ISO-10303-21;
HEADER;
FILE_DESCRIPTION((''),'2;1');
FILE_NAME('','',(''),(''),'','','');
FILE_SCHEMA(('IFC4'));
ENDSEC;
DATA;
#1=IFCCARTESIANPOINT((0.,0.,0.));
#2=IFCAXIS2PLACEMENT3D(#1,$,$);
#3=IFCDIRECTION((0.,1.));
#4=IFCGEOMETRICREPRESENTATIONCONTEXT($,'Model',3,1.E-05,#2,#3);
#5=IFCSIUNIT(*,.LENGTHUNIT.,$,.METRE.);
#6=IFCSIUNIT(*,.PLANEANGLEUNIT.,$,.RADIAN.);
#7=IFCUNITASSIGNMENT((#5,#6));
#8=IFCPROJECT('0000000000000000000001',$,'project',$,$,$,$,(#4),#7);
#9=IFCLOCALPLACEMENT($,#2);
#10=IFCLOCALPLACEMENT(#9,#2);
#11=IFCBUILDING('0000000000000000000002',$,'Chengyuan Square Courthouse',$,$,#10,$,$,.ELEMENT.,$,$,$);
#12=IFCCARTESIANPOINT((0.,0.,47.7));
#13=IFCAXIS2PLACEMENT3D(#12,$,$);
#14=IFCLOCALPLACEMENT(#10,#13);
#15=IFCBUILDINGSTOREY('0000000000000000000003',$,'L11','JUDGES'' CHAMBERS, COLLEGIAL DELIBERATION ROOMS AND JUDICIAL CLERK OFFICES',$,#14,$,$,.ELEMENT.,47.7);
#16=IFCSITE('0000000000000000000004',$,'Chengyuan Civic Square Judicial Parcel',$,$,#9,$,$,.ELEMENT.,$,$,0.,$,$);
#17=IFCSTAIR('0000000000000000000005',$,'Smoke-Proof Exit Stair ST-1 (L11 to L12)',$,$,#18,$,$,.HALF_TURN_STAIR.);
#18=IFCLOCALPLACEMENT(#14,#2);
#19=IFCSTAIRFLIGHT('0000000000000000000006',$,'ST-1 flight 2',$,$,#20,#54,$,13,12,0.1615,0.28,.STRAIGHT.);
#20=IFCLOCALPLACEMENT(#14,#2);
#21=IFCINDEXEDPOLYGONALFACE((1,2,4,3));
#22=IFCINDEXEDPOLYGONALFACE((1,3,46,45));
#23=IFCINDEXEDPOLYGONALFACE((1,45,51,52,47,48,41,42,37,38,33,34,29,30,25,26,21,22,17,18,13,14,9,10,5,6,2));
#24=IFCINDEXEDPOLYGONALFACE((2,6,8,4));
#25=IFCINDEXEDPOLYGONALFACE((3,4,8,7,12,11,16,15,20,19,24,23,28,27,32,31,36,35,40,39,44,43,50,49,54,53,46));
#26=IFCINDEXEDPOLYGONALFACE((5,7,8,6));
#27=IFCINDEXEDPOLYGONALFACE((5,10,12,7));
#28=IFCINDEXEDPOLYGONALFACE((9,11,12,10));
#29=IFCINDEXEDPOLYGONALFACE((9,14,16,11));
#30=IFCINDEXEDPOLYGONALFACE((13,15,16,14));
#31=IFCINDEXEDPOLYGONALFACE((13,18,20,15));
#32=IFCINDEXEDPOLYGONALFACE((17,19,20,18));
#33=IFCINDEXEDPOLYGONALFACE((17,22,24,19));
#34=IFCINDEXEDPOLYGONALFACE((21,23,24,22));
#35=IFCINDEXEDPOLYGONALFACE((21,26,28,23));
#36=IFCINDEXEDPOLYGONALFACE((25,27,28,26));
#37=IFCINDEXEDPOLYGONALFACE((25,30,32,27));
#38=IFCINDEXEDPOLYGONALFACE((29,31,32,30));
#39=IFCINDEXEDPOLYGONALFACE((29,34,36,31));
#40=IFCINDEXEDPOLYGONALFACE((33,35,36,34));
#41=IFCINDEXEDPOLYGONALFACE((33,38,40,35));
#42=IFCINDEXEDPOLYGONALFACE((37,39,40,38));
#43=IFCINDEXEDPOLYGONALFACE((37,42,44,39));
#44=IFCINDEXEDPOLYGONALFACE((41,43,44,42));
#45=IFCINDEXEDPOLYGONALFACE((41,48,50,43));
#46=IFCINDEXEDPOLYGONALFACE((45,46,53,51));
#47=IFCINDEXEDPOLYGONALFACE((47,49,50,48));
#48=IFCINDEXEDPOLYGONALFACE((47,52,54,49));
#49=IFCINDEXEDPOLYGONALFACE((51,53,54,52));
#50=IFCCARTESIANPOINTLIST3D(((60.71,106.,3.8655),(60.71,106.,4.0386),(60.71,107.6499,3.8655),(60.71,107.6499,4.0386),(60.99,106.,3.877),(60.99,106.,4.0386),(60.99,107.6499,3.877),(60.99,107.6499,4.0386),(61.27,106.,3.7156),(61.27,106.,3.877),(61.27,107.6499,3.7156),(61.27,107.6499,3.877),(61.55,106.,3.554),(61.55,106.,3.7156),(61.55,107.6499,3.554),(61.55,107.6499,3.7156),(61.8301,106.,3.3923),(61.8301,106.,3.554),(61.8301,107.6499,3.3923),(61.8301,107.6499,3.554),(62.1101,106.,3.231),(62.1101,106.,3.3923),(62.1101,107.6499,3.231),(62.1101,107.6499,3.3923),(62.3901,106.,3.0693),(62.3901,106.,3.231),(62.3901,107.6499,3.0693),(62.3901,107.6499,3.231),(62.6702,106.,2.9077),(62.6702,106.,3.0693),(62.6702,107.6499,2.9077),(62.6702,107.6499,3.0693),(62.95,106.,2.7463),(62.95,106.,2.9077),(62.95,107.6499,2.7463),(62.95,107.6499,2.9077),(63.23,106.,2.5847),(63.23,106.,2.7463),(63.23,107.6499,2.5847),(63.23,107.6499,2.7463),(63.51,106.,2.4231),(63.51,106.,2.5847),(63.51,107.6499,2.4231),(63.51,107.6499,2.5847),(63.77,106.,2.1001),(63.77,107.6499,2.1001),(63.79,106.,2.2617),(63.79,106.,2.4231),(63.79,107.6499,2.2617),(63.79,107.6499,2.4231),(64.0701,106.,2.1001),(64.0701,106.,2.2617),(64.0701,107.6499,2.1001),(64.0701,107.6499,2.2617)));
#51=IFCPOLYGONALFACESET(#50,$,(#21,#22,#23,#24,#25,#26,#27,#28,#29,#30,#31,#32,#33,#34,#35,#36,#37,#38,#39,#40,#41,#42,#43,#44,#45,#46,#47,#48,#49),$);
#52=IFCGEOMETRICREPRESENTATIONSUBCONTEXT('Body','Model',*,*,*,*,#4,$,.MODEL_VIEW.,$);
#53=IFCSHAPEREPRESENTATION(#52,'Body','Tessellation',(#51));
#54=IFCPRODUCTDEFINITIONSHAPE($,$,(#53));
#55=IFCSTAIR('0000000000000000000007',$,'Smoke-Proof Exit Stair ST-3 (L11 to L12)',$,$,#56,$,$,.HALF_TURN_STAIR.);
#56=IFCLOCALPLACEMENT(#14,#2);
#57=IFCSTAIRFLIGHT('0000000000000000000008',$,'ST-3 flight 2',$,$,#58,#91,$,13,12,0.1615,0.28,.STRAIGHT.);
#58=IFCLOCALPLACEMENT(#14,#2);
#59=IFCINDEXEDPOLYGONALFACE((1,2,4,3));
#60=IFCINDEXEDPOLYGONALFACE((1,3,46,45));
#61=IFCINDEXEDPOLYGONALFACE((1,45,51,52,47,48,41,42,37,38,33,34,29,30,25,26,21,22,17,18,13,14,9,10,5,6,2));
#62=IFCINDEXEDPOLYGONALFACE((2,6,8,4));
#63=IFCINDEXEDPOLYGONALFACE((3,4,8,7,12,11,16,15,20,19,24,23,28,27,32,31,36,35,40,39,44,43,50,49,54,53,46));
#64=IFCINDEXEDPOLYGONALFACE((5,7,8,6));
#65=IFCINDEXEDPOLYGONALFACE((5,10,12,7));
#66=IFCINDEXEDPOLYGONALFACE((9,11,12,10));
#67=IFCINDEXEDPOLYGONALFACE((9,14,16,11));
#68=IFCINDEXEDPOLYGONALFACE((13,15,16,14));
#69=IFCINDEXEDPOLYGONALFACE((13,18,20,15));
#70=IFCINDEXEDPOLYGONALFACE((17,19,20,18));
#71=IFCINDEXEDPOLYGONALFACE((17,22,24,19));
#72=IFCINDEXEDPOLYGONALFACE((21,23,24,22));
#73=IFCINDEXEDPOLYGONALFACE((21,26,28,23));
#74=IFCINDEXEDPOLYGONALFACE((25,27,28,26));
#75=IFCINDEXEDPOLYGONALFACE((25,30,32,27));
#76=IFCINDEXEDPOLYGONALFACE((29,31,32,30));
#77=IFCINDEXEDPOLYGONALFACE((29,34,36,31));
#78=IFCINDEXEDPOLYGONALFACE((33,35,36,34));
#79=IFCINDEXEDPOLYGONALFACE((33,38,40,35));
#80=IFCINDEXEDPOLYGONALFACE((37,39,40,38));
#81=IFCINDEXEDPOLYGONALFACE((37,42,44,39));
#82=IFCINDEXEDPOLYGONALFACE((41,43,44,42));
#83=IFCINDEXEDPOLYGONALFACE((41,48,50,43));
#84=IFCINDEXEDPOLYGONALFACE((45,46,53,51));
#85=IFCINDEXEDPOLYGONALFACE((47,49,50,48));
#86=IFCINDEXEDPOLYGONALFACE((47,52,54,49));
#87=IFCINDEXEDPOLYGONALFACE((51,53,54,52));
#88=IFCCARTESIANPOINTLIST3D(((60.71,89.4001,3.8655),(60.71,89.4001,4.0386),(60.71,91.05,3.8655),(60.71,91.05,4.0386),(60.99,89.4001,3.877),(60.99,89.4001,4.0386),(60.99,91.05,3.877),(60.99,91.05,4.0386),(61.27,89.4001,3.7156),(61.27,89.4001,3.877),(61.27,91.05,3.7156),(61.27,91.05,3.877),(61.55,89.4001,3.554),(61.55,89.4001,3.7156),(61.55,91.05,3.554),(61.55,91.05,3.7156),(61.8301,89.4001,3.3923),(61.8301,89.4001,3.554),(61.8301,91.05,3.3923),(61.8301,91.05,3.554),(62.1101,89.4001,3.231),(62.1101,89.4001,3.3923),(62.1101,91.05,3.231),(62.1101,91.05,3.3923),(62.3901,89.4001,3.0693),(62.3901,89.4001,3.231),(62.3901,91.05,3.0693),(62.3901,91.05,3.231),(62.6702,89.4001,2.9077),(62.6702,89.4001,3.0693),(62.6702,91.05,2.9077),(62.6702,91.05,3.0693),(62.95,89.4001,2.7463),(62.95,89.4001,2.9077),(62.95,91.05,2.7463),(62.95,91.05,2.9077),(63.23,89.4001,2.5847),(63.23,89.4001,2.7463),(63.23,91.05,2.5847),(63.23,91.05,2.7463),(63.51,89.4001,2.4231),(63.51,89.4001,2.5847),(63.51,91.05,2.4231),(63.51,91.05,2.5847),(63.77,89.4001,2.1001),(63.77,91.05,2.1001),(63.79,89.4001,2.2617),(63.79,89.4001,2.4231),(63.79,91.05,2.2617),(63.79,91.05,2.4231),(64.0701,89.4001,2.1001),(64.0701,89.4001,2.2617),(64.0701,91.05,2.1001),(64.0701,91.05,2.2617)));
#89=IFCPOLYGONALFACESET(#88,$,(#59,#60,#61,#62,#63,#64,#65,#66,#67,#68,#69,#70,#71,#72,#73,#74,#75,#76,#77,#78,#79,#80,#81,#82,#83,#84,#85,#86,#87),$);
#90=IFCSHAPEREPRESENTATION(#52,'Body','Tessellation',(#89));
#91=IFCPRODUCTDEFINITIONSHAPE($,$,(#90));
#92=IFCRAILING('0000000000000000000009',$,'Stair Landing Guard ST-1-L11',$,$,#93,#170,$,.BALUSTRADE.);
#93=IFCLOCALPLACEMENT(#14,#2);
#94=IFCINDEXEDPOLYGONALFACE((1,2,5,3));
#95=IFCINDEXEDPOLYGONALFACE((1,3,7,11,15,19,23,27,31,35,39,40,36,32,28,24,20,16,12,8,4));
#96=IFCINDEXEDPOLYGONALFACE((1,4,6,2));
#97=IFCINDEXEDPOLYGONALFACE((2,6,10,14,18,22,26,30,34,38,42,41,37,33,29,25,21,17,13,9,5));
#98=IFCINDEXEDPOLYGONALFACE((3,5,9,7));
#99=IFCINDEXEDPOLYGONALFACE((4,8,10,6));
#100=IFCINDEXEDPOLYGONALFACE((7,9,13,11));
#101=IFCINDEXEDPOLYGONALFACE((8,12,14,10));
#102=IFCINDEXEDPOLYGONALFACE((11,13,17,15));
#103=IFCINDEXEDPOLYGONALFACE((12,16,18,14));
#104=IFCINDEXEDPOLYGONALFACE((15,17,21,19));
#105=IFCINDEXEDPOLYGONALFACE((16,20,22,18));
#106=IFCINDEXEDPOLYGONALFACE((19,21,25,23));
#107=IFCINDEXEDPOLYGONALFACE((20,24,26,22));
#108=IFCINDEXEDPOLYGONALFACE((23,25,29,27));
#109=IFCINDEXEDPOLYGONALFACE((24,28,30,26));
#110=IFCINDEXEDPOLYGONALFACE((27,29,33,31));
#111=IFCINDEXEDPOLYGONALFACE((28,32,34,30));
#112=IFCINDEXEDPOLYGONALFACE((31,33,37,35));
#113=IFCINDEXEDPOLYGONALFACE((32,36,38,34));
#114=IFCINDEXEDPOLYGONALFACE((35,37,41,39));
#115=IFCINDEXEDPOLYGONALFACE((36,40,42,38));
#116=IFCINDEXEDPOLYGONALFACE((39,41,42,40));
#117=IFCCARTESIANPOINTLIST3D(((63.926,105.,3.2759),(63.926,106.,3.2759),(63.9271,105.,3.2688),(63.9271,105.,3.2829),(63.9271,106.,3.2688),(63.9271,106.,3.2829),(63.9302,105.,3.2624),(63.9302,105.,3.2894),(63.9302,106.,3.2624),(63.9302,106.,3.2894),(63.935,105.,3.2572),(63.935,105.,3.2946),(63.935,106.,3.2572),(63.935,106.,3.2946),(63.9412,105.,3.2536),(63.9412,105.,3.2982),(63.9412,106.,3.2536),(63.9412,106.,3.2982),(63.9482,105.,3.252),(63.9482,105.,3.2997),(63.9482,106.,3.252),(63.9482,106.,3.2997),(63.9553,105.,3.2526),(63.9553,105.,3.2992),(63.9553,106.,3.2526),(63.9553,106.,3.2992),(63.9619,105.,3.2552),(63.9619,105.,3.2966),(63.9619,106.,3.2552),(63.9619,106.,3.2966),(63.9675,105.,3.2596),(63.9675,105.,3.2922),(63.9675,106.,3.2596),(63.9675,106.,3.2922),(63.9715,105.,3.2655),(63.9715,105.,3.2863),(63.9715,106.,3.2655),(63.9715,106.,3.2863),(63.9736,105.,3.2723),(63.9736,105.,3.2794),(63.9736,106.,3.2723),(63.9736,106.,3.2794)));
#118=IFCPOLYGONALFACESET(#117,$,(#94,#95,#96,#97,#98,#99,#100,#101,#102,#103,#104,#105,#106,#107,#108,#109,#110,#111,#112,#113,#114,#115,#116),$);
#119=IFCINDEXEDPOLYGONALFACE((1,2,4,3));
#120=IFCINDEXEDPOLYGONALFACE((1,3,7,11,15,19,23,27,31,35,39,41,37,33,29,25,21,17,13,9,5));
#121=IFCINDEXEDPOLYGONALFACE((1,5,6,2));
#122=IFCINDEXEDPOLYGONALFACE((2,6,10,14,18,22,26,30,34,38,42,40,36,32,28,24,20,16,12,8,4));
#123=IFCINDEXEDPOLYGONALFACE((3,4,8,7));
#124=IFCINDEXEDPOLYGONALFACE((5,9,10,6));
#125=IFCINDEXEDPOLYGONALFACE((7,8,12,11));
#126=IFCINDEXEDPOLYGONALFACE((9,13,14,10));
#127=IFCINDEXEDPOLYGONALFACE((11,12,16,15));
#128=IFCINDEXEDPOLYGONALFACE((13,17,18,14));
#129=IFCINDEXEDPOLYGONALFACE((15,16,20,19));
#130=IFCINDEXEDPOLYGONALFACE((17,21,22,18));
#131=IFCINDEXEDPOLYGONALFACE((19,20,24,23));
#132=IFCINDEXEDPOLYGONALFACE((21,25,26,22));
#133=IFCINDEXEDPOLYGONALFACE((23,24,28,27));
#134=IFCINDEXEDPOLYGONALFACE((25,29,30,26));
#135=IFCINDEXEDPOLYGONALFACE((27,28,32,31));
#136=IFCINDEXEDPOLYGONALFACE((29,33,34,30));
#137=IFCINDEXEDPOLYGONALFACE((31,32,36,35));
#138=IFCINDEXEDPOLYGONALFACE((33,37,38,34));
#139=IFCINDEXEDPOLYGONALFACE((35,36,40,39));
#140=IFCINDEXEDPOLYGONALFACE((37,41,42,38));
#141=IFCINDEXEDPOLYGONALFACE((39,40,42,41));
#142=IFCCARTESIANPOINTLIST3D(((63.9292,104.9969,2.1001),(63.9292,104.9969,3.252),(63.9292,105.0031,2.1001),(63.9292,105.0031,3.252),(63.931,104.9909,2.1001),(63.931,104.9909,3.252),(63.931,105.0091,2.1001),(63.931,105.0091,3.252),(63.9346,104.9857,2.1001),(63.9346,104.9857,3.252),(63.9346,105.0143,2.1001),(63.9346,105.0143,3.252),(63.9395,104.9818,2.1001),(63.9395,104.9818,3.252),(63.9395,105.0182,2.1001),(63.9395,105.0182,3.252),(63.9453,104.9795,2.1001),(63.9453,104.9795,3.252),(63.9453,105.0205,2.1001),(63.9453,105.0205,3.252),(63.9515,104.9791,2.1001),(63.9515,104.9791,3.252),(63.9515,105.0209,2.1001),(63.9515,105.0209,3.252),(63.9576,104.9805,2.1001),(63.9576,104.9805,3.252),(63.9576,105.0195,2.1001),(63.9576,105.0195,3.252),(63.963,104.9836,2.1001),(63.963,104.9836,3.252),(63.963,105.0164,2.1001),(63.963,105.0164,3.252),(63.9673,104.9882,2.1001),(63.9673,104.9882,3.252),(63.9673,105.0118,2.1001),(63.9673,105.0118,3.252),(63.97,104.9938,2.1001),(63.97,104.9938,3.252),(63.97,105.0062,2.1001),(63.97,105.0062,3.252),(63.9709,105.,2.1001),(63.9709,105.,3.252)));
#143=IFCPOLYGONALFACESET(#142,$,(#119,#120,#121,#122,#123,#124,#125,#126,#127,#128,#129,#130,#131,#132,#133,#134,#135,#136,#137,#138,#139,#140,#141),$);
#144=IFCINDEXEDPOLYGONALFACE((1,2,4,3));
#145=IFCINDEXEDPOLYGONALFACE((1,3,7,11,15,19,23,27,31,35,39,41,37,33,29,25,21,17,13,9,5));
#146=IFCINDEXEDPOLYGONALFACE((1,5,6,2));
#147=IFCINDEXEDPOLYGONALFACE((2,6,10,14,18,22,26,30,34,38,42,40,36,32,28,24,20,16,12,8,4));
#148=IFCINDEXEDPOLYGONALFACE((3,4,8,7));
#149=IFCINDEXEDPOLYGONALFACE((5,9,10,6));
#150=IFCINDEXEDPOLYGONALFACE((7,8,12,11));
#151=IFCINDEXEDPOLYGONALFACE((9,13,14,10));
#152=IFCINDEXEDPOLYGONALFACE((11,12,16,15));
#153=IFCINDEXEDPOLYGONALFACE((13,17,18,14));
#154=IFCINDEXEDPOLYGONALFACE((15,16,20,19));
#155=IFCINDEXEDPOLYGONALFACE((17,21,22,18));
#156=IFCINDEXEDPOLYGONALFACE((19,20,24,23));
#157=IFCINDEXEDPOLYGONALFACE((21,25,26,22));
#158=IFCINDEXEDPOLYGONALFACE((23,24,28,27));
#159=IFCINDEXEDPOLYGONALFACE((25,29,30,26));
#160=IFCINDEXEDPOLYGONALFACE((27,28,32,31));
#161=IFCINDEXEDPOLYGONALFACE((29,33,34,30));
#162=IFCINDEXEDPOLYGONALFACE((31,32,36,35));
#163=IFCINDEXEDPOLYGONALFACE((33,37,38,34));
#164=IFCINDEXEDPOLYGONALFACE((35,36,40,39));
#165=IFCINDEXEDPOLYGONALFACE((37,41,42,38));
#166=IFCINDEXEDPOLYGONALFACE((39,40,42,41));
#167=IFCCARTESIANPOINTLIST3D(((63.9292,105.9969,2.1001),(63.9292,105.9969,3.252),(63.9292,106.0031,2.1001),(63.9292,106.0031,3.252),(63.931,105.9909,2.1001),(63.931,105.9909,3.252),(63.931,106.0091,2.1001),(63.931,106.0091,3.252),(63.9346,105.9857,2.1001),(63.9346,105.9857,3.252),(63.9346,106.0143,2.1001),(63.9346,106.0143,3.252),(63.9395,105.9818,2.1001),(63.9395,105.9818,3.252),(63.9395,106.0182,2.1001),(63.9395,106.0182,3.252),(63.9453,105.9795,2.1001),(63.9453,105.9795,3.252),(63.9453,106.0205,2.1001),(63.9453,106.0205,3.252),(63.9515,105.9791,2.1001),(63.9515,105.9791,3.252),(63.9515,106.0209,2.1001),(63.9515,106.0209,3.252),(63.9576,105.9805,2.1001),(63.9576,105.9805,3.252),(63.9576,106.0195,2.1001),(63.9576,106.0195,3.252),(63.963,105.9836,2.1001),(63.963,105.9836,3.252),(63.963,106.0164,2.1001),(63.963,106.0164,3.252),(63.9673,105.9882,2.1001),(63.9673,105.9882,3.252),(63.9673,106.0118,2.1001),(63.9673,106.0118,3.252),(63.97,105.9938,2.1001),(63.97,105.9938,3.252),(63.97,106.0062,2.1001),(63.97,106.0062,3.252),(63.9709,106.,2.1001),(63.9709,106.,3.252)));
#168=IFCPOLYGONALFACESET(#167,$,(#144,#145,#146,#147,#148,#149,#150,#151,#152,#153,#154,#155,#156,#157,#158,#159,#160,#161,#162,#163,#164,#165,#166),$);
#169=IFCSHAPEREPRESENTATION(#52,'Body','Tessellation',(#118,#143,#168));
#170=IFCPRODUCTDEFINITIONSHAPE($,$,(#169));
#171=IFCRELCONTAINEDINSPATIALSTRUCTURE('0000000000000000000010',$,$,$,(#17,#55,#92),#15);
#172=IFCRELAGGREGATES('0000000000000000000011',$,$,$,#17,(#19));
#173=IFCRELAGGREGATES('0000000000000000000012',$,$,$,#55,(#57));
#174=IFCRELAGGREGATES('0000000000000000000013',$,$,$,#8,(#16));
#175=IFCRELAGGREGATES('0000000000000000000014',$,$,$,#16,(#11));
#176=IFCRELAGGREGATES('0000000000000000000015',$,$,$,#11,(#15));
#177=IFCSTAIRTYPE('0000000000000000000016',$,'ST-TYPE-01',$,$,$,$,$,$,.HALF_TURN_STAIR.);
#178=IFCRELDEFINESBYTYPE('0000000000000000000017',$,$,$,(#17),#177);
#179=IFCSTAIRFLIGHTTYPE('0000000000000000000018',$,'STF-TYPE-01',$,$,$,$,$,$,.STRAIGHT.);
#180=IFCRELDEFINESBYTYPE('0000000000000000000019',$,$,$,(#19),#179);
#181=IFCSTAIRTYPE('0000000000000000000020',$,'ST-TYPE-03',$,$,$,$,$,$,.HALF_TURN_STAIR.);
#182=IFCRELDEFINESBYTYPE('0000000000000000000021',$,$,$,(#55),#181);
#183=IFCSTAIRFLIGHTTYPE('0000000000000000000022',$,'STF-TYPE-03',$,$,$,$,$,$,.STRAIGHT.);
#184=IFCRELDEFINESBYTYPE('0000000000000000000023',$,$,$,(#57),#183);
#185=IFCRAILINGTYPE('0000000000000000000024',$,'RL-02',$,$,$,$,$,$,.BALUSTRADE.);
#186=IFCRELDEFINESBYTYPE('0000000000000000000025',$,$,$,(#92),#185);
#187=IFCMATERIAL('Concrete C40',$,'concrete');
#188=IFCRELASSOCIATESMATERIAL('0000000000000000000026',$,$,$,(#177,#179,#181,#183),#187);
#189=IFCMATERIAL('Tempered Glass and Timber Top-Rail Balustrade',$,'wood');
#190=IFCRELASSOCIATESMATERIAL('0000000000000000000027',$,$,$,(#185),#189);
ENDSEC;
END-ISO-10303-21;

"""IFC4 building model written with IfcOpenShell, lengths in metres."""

from ifc_helpers import new_model, si_unit, direction, frame, origin, origin_2d, place, context, subcontext, project, spatial, polyline, circle, outline, extrude, material, type_object, element, aggregate, save


model = new_model("IFC4")

# Units and contexts
model_context = context("Model", 3, precision=1e-05, world=origin(), true_north=direction((0.0, 1.0)))
body_context = subcontext(model_context, "Body", "Model", "MODEL_VIEW")
ifc_project = project(units=[si_unit("LENGTHUNIT", "METRE"), si_unit("PLANEANGLEUNIT", "RADIAN")], contexts=[model_context])

# Site, building, storey
site_placement = place(None, origin())
site = spatial("IfcSite", under=ifc_project, at=site_placement, Name="Chengyuan Civic Square Judicial Parcel", CompositionType="ELEMENT", RefElevation=0.0)
building_placement = place(site_placement, origin())
building = spatial("IfcBuilding", under=site, at=building_placement, Name="Chengyuan Square Courthouse", CompositionType="ELEMENT")
storey_placement = place(building_placement, frame((0.0, 0.0, 47.7)))
storey = spatial("IfcBuildingStorey", under=building, at=storey_placement, Name="L11", Description="JUDGES' CHAMBERS, COLLEGIAL DELIBERATION ROOMS AND JUDICIAL CLERK OFFICES", CompositionType="ELEMENT", Elevation=47.7)

# Shared definitions
ifc_material_1 = material(Name="Concrete C40", Category="concrete")

# Stairs, stair flights
stair_type_1 = type_object("IfcStairType", Name="ST-TYPE-01", PredefinedType="HALF_TURN_STAIR", material=ifc_material_1)
stair_1_placement = place(storey_placement, origin())
stair_1 = element("IfcStair", 1, at=stair_1_placement, inside=storey, type_object=stair_type_1, Name="Smoke-Proof Exit Stair ST-1 (L11 to L12)", PredefinedType="HALF_TURN_STAIR")
stair_flight_type_1 = type_object("IfcStairFlightType", Name="STF-TYPE-01", PredefinedType="STRAIGHT", material=ifc_material_1)
stair_flight_1_placement = place(storey_placement, frame((64.0701, 106.825, 2.1001), z_axis=(0.0, 0.0, 1.0), x_axis=(-1.0, 0.0, 0.0)))
stair_flight_1 = element("IfcStairFlight", 2, at=stair_flight_1_placement, type_object=stair_flight_type_1, Name="ST-1 flight 2", NumberOfRisers=13, NumberOfTreads=12, PredefinedType="STRAIGHT", RiserHeight=0.1615, TreadLength=0.28, context=body_context, shape_type="SweptSolid", body=[
    extrude(outline(polyline([(0.0, 0.0), (0.0, 0.1616), (0.28, 0.1616), (0.28, 0.323), (0.5601, 0.323), (0.5601, 0.4846), (0.8401, 0.4846), (0.8401, 0.6462), (1.1201, 0.6462), (1.1201, 0.8076), (1.3999, 0.8076), (1.3999, 0.9692), (1.6799, 0.9692), (1.6799, 1.1309), (1.96, 1.1309), (1.96, 1.2922), (2.24, 1.2922), (2.24, 1.4539), (2.52, 1.4539), (2.52, 1.6155), (2.8, 1.6155), (2.8, 1.7769), (3.0801, 1.7769), (3.0801, 1.9385), (3.3601, 1.9385), (3.3601, 2.1001), (3.3601, 1.7654), (0.3, 0.0), (0.0, 0.0)])), frame((0.0, 0.825, 0.0), z_axis=(0.0, -1.0, 0.0), x_axis=(1.0, 0.0, 0.0)), (0.0, 0.0, 1.0), 1.6499),
])
aggregate(stair_1, [stair_flight_1])
stair_type_2 = type_object("IfcStairType", Name="ST-TYPE-03", PredefinedType="HALF_TURN_STAIR", material=ifc_material_1)
stair_2_placement = place(storey_placement, origin())
stair_2 = element("IfcStair", 3, at=stair_2_placement, inside=storey, type_object=stair_type_2, Name="Smoke-Proof Exit Stair ST-3 (L11 to L12)", PredefinedType="HALF_TURN_STAIR")
stair_flight_type_2 = type_object("IfcStairFlightType", Name="STF-TYPE-03", PredefinedType="STRAIGHT", material=ifc_material_1)
stair_flight_2_placement = place(storey_placement, frame((64.0701, 90.2251, 2.1001), z_axis=(0.0, 0.0, 1.0), x_axis=(-1.0, 0.0, 0.0)))
stair_flight_2 = element("IfcStairFlight", 4, at=stair_flight_2_placement, type_object=stair_flight_type_2, Name="ST-3 flight 2", NumberOfRisers=13, NumberOfTreads=12, PredefinedType="STRAIGHT", RiserHeight=0.1615, TreadLength=0.28, context=body_context, shape_type="SweptSolid", body=[
    extrude(outline(polyline([(0.0, 0.0), (0.0, 0.1616), (0.28, 0.1616), (0.28, 0.323), (0.5601, 0.323), (0.5601, 0.4846), (0.8401, 0.4846), (0.8401, 0.6462), (1.1201, 0.6462), (1.1201, 0.8076), (1.3999, 0.8076), (1.3999, 0.9692), (1.6799, 0.9692), (1.6799, 1.1309), (1.96, 1.1309), (1.96, 1.2922), (2.24, 1.2922), (2.24, 1.4539), (2.52, 1.4539), (2.52, 1.6155), (2.8, 1.6155), (2.8, 1.7769), (3.0801, 1.7769), (3.0801, 1.9385), (3.3601, 1.9385), (3.3601, 2.1001), (3.3601, 1.7654), (0.3, 0.0), (0.0, 0.0)])), frame((0.0, 0.825, 0.0), z_axis=(0.0, -1.0, 0.0), x_axis=(1.0, 0.0, 0.0)), (0.0, 0.0, 1.0), 1.6499),
])
aggregate(stair_2, [stair_flight_2])

# Railing
ifc_material_2 = material(Name="Tempered Glass and Timber Top-Rail Balustrade", Category="wood")
railing_type_1 = type_object("IfcRailingType", Name="RL-02", PredefinedType="BALUSTRADE", material=ifc_material_2)
railing_1_placement = place(storey_placement, frame((63.95, 105.0, 2.1001)))
element("IfcRailing", 5, at=railing_1_placement, inside=storey, type_object=railing_type_1, Name="Stair Landing Guard ST-1-L11", PredefinedType="BALUSTRADE", context=body_context, shape_type="SweptSolid", body=[
    extrude(circle(Radius=0.0239, at=origin_2d()), frame((0.0, 0.0, 1.1758), z_axis=(0.0, 1.0, 0.0), x_axis=(-1.0, 0.0, 0.0)), (0.0, 0.0, 1.0), 1.0),
    extrude(circle(Radius=0.021, at=origin_2d()), origin(), (0.0, 0.0, 1.0), 1.1519),
    extrude(circle(Radius=0.021, at=origin_2d()), frame((0.0, 1.0, 0.0)), (0.0, 0.0, 1.0), 1.1519),
])

save(model, "model.ifc")
